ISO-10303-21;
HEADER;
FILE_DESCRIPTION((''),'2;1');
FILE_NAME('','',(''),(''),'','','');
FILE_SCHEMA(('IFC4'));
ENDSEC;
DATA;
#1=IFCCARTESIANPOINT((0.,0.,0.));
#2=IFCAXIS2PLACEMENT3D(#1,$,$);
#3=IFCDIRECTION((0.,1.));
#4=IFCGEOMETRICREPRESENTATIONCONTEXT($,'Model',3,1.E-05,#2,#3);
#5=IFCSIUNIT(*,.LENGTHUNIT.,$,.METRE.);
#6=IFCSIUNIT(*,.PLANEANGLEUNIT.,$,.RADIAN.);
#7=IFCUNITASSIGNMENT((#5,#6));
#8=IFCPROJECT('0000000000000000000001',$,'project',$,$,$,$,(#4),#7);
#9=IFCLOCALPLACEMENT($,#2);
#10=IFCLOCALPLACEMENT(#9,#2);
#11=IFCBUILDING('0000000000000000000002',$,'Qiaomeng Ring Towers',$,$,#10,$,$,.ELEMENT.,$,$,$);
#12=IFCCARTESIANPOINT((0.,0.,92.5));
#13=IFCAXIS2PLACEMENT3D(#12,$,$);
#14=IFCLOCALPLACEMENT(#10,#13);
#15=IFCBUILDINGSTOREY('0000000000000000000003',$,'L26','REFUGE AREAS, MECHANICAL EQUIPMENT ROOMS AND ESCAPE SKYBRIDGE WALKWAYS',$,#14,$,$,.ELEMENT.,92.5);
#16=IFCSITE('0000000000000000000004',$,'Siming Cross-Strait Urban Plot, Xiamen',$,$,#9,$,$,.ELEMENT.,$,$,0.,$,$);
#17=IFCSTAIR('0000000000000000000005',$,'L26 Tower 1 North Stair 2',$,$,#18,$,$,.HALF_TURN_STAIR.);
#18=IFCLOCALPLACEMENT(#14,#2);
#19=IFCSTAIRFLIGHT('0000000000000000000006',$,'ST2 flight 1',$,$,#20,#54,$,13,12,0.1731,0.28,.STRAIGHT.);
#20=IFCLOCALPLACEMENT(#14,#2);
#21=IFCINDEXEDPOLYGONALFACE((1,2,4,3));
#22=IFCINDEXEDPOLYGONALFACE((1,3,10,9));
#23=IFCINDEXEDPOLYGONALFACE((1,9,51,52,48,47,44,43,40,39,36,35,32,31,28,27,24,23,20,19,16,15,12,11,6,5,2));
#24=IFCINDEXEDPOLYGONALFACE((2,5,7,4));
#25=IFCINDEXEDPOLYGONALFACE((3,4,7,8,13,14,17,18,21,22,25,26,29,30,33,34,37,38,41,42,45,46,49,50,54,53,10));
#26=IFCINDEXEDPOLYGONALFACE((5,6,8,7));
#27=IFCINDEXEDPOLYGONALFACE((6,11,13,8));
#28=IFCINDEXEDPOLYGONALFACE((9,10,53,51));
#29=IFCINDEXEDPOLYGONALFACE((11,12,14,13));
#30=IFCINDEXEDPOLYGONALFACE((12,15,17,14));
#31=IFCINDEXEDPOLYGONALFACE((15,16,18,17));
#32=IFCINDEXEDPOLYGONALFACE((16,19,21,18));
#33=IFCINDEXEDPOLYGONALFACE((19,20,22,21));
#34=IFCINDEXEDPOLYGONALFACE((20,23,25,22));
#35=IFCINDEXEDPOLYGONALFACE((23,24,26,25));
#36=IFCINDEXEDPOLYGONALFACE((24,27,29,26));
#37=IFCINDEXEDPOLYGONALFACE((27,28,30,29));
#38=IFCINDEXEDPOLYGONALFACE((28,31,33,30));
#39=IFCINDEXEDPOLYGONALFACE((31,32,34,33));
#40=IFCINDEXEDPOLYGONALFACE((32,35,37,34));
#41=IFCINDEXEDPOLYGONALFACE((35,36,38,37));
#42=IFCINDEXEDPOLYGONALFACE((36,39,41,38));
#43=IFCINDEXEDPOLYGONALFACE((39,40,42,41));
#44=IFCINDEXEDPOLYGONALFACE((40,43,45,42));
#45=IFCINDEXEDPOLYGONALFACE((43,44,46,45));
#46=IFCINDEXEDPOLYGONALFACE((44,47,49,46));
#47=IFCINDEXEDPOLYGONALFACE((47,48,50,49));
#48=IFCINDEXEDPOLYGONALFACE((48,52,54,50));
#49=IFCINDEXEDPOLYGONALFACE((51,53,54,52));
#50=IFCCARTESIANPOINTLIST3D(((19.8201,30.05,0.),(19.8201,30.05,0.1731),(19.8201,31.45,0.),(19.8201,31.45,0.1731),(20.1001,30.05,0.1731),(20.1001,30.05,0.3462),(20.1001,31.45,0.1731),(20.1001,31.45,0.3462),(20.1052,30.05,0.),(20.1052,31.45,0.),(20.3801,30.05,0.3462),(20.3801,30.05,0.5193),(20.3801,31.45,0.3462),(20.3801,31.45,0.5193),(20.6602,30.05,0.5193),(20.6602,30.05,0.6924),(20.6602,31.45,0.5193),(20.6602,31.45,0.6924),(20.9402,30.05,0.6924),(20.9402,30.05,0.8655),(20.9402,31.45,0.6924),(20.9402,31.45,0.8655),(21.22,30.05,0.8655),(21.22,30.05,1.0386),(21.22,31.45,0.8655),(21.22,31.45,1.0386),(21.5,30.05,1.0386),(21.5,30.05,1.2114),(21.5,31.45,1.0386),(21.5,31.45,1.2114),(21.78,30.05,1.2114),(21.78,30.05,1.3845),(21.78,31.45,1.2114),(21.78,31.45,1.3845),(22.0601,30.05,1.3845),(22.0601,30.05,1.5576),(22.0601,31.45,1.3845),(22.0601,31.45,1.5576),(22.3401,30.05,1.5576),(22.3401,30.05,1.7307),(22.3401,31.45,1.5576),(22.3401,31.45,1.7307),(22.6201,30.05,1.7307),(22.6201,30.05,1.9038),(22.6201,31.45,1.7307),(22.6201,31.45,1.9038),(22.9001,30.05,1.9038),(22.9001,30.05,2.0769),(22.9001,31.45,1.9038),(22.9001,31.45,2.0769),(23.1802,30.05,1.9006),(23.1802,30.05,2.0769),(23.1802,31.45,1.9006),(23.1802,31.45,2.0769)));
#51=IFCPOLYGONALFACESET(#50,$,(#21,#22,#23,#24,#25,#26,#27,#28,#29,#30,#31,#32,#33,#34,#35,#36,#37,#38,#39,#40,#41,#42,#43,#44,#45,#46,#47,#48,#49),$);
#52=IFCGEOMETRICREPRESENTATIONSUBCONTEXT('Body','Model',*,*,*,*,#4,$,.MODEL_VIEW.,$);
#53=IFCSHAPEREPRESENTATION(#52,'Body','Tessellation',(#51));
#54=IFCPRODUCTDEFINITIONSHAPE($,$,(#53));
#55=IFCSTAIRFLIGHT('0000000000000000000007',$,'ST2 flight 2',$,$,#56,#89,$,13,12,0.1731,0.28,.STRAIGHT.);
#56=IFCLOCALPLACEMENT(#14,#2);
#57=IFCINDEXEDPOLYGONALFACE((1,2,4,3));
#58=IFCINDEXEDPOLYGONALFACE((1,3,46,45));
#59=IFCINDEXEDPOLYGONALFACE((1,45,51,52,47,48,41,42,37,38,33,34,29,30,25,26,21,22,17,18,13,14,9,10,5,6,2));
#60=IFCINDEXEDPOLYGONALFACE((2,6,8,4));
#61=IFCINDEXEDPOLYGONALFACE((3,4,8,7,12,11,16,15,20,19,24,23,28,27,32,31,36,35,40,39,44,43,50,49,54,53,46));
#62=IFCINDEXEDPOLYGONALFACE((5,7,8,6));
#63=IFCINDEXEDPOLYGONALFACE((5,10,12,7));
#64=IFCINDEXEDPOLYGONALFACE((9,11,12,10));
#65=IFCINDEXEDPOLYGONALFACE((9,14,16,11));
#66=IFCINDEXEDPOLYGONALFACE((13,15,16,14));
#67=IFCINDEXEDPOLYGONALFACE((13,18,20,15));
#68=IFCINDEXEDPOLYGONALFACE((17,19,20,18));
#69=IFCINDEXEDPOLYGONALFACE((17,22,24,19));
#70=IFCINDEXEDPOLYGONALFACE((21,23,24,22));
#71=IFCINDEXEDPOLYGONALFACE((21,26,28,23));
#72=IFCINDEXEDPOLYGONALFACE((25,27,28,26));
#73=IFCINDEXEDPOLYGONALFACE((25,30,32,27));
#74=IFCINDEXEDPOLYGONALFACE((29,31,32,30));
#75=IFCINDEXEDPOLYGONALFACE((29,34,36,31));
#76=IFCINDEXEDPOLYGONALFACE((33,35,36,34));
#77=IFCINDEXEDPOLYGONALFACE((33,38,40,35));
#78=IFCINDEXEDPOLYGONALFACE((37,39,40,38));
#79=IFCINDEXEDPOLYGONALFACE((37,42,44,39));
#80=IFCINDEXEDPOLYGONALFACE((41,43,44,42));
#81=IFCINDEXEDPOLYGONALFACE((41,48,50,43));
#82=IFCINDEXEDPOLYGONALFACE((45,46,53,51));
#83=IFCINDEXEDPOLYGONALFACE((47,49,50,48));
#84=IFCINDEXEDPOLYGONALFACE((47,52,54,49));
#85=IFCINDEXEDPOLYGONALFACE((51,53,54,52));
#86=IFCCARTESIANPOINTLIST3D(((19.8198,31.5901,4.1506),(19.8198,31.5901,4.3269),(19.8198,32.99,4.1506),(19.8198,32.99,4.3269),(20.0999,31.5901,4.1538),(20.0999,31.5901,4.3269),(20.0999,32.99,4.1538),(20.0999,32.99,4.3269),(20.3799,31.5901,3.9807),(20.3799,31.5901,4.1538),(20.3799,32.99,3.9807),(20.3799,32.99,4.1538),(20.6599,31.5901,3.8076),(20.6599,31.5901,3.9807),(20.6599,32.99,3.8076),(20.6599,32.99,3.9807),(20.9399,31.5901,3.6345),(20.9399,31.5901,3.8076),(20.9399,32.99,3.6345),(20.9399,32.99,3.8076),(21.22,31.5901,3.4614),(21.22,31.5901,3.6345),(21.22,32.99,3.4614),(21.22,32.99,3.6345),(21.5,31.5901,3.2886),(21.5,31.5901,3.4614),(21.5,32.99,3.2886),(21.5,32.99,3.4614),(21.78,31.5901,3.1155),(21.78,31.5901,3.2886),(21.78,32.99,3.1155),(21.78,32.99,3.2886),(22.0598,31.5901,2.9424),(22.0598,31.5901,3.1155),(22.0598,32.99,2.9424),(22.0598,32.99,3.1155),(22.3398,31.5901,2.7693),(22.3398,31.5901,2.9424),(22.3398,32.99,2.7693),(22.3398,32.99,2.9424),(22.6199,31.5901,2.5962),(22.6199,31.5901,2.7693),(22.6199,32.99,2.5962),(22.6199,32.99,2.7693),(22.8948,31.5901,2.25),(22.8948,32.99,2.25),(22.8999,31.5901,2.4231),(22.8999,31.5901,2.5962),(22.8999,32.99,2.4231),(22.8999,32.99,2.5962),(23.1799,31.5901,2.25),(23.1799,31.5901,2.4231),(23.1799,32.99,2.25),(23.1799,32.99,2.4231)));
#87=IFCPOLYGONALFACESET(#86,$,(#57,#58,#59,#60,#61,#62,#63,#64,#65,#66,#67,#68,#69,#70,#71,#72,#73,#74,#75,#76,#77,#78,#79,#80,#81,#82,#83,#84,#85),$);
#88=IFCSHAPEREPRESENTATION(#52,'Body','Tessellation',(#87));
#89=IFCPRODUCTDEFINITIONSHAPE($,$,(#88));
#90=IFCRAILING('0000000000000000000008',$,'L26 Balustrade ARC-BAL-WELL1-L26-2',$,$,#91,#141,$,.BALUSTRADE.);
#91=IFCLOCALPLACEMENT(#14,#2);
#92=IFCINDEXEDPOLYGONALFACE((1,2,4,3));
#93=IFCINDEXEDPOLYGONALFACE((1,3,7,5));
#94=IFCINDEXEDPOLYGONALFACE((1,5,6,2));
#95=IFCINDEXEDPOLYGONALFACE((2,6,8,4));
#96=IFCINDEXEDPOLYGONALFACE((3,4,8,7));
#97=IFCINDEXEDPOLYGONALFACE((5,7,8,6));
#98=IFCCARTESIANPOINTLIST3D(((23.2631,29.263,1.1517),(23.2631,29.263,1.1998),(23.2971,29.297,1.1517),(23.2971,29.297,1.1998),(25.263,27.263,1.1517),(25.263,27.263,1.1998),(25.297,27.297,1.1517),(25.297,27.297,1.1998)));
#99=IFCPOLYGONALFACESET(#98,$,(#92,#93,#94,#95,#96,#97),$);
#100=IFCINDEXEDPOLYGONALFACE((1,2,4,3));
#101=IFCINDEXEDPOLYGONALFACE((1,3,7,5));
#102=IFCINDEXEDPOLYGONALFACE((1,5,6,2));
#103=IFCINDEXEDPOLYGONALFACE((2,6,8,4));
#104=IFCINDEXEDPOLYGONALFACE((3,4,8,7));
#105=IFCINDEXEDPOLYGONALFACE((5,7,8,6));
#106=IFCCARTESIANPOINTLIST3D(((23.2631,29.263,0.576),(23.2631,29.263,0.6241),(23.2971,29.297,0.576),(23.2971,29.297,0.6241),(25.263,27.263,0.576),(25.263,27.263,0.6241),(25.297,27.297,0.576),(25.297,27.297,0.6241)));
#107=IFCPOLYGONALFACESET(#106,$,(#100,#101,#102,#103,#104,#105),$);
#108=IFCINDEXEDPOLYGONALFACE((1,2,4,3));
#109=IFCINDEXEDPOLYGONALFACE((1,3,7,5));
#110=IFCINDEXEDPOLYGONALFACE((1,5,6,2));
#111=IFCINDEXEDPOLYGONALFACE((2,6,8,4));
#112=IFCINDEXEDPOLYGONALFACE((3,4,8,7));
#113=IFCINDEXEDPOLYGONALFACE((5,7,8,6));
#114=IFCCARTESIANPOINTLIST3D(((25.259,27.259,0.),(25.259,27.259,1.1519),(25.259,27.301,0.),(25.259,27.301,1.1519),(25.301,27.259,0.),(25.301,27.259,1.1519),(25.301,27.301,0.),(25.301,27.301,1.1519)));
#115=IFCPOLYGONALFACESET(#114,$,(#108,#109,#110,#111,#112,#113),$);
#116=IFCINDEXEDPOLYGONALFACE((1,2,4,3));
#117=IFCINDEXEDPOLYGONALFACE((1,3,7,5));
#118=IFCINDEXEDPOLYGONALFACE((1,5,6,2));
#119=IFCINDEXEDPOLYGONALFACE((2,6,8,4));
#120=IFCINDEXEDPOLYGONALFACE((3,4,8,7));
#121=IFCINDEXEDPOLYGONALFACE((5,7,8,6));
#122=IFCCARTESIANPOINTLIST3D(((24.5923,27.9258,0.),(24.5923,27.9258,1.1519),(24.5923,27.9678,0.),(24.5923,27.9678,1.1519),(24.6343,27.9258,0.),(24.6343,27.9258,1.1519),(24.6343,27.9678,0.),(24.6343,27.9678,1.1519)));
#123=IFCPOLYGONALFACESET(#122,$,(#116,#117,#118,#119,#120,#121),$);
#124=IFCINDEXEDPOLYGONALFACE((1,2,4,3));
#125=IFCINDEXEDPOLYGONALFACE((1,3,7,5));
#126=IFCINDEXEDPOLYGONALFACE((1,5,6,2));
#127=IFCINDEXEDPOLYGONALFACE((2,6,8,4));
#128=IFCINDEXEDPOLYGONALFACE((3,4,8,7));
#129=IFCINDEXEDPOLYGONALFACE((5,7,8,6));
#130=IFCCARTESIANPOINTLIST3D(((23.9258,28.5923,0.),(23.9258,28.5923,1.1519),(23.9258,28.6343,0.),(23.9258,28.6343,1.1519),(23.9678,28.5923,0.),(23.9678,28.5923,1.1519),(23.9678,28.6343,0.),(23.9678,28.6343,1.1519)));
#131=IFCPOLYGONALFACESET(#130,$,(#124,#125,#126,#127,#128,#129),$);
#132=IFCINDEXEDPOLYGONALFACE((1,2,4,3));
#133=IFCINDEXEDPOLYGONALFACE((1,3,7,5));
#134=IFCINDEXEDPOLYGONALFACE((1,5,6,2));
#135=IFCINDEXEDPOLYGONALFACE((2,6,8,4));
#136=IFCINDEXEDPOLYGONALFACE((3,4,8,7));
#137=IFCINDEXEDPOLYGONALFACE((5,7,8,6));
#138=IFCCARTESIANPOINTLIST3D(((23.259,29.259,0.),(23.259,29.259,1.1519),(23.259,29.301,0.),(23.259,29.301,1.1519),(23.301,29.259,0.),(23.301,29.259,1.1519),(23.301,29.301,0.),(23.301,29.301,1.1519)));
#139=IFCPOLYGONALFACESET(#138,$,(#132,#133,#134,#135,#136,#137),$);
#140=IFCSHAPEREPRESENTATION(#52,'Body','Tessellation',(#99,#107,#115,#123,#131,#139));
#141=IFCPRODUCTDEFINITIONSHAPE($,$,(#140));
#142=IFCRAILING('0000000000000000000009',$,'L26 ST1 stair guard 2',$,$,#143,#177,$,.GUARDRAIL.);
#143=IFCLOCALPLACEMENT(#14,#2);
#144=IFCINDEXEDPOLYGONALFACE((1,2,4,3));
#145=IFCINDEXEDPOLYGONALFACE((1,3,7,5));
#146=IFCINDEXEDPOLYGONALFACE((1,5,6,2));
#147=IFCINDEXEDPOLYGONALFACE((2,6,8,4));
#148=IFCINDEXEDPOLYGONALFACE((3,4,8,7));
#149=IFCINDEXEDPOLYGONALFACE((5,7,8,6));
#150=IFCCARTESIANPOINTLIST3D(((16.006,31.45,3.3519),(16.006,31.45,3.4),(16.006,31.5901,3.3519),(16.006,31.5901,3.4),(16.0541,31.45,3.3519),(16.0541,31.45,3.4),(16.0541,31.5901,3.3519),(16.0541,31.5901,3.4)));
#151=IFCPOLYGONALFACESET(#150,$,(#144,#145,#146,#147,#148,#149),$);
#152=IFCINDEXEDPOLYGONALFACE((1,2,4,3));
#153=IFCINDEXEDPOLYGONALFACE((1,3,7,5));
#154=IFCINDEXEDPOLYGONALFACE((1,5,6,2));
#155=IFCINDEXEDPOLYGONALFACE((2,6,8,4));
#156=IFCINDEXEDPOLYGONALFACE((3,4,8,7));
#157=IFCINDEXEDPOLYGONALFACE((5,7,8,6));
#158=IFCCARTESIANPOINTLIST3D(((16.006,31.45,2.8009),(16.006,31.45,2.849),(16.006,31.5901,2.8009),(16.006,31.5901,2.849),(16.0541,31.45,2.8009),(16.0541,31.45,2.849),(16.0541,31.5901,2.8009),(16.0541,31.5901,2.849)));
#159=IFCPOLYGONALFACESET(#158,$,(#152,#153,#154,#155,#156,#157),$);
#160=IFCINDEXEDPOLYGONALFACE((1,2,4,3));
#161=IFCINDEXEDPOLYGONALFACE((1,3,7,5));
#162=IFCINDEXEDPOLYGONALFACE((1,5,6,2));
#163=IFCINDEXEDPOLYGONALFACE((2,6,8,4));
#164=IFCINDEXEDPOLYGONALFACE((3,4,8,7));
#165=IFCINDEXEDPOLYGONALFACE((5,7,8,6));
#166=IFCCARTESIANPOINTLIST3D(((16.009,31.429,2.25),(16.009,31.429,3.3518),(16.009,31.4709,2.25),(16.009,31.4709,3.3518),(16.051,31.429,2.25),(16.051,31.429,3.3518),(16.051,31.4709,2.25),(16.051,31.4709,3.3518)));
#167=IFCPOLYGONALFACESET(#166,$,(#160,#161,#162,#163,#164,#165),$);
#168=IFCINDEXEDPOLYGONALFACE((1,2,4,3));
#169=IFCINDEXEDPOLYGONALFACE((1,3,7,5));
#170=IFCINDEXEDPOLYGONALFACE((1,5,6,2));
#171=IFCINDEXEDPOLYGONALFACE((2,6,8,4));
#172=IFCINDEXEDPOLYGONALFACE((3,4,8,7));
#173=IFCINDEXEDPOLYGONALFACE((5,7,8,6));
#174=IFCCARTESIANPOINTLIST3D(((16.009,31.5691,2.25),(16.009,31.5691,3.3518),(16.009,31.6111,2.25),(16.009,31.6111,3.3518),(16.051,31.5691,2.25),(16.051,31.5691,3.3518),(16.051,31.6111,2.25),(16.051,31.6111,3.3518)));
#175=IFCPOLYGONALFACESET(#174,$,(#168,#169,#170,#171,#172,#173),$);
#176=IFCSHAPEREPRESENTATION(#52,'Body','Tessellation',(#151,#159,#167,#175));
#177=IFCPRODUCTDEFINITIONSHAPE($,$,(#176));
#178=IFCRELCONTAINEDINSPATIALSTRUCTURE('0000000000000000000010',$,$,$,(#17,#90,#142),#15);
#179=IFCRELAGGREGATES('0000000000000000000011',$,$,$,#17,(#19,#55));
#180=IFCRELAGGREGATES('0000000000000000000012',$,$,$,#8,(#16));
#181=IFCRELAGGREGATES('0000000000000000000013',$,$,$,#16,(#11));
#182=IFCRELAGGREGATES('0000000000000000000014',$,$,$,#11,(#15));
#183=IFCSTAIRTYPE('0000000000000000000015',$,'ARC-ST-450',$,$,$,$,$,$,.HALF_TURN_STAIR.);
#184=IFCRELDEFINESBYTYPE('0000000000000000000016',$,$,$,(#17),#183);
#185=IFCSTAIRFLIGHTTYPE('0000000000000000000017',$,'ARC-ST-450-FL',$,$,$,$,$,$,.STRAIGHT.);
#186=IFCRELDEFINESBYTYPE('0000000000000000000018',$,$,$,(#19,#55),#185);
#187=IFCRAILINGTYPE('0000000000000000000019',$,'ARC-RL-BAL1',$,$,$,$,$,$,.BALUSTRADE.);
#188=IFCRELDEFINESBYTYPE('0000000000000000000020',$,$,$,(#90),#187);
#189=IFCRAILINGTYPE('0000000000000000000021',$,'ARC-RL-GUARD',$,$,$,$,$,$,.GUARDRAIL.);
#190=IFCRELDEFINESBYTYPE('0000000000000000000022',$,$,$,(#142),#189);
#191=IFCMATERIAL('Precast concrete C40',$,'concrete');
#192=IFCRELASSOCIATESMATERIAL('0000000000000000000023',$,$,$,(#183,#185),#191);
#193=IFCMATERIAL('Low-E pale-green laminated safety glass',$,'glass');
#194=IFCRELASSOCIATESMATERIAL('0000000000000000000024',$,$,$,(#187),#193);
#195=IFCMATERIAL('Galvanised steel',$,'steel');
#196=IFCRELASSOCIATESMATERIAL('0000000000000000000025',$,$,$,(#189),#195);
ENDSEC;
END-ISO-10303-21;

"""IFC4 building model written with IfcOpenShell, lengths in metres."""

from ifc_helpers import new_model, si_unit, direction, frame, origin, origin_2d, place, context, subcontext, project, spatial, polyline, rectangle, outline, extrude, source, transform, mapped, material, type_object, element, aggregate, save


model = new_model("IFC4")

# Units and contexts
model_context = context("Model", 3, precision=1e-05, world=origin(), true_north=direction((0.0, 1.0)))
body_context = subcontext(model_context, "Body", "Model", "MODEL_VIEW")
ifc_project = project(units=[si_unit("LENGTHUNIT", "METRE"), si_unit("PLANEANGLEUNIT", "RADIAN")], contexts=[model_context])

# Site, building, storey
site_placement = place(None, origin())
site = spatial("IfcSite", under=ifc_project, at=site_placement, Name="Siming Cross-Strait Urban Plot, Xiamen", CompositionType="ELEMENT", RefElevation=0.0)
building_placement = place(site_placement, origin())
building = spatial("IfcBuilding", under=site, at=building_placement, Name="Qiaomeng Ring Towers", CompositionType="ELEMENT")
storey_placement = place(building_placement, frame((0.0, 0.0, 92.5)))
storey = spatial("IfcBuildingStorey", under=building, at=storey_placement, Name="L26", Description="REFUGE AREAS, MECHANICAL EQUIPMENT ROOMS AND ESCAPE SKYBRIDGE WALKWAYS", CompositionType="ELEMENT", Elevation=92.5)

# Shared definitions
ifc_material_1 = material(Name="Galvanised steel", Category="steel")

# Shared definitions
ifc_material_2 = material(Name="Precast concrete C40", Category="concrete")
stair_type = type_object("IfcStairType", Name="ARC-ST-450", PredefinedType="HALF_TURN_STAIR", material=ifc_material_2)
stair_flight_type = type_object("IfcStairFlightType", Name="ARC-ST-450-FL", PredefinedType="STRAIGHT", material=ifc_material_2)
shared_shape_1 = source(origin(), body_context, "Body", "SweptSolid", [
    extrude(outline(polyline([(0.0, 0.0), (0.0, 0.1731), (0.28, 0.1731), (0.28, 0.3462), (0.5601, 0.3462), (0.5601, 0.5193), (0.8401, 0.5193), (0.8401, 0.6924), (1.1201, 0.6924), (1.1201, 0.8655), (1.3999, 0.8655), (1.3999, 1.0386), (1.6799, 1.0386), (1.6799, 1.2114), (1.96, 1.2114), (1.96, 1.3845), (2.24, 1.3845), (2.24, 1.5576), (2.52, 1.5576), (2.52, 1.7307), (2.8, 1.7307), (2.8, 1.9038), (3.0801, 1.9038), (3.0801, 2.0769), (3.3601, 2.0769), (3.3601, 2.25), (3.3601, 1.9006), (0.2852, 0.0), (0.0, 0.0)])), frame((0.0, 0.7, 0.0), z_axis=(0.0, -1.0, 0.0), x_axis=(1.0, 0.0, 0.0)), (0.0, 0.0, 1.0), 1.3999),
])

# Stair, stair flights
stair_1_placement = place(storey_placement, origin())
stair_1 = element("IfcStair", 1, at=stair_1_placement, inside=storey, type_object=stair_type, Name="L26 Tower 1 North Stair 2", PredefinedType="HALF_TURN_STAIR")
stair_flight_1_placement = place(storey_placement, frame((19.8201, 30.75, 0.0), z_axis=(0.0, 0.0, 1.0), x_axis=(1.0, 0.0, 0.0)))
stair_flight_1 = element("IfcStairFlight", 2, at=stair_flight_1_placement, type_object=stair_flight_type, Name="ST2 flight 1", NumberOfRisers=13, NumberOfTreads=12, PredefinedType="STRAIGHT", RiserHeight=0.1731, TreadLength=0.28, context=body_context, shape_type="MappedRepresentation", body=[
    mapped(shared_shape_1, transform((0.0, 0.0, 0.0), x_axis=(1.0, 0.0, 0.0), y_axis=(0.0, 1.0, 0.0), z_axis=(0.0, 0.0, 1.0), scale=1.0)),
])
stair_flight_2_placement = place(storey_placement, frame((23.1799, 32.29, 2.25), z_axis=(0.0, 0.0, 1.0), x_axis=(-1.0, 0.0, 0.0)))
stair_flight_2 = element("IfcStairFlight", 3, at=stair_flight_2_placement, type_object=stair_flight_type, Name="ST2 flight 2", NumberOfRisers=13, NumberOfTreads=12, PredefinedType="STRAIGHT", RiserHeight=0.1731, TreadLength=0.28, context=body_context, shape_type="MappedRepresentation", body=[
    mapped(shared_shape_1, transform((0.0, 0.0, 0.0), x_axis=(1.0, 0.0, 0.0), y_axis=(0.0, 1.0, 0.0), z_axis=(0.0, 0.0, 1.0), scale=1.0)),
])
aggregate(stair_1, [stair_flight_1, stair_flight_2])

# Railings
ifc_material_3 = material(Name="Low-E pale-green laminated safety glass", Category="glass")
railing_type_1 = type_object("IfcRailingType", Name="ARC-RL-BAL1", PredefinedType="BALUSTRADE", material=ifc_material_3)
railing_1_placement = place(storey_placement, frame((25.28, 27.28, 0.0)))
element("IfcRailing", 4, at=railing_1_placement, inside=storey, type_object=railing_type_1, Name="L26 Balustrade ARC-BAL-WELL1-L26-2", PredefinedType="BALUSTRADE", context=body_context, shape_type="SweptSolid", body=[
    extrude(rectangle(XDim=0.0481, YDim=0.0481, at=origin_2d()), frame((0.0, 0.0, 1.1758), z_axis=(-0.707107, 0.707107, 0.0), x_axis=(-0.707107, -0.707107, 0.0)), (0.0, 0.0, 1.0), 2.8284),
    extrude(rectangle(XDim=0.0481, YDim=0.0481, at=origin_2d()), frame((0.0, 0.0, 0.6001), z_axis=(-0.707107, 0.707107, 0.0), x_axis=(-0.707107, -0.707107, 0.0)), (0.0, 0.0, 1.0), 2.8284),
    extrude(rectangle(XDim=0.042, YDim=0.042, at=origin_2d()), origin(), (0.0, 0.0, 1.0), 1.1519),
    extrude(rectangle(XDim=0.042, YDim=0.042, at=origin_2d()), frame((-0.6667, 0.6667, 0.0)), (0.0, 0.0, 1.0), 1.1519),
    extrude(rectangle(XDim=0.042, YDim=0.042, at=origin_2d()), frame((-1.3333, 1.3333, 0.0)), (0.0, 0.0, 1.0), 1.1519),
    extrude(rectangle(XDim=0.042, YDim=0.042, at=origin_2d()), frame((-2.0, 2.0, 0.0)), (0.0, 0.0, 1.0), 1.1519),
])
railing_type_2 = type_object("IfcRailingType", Name="ARC-RL-GUARD", PredefinedType="GUARDRAIL", material=ifc_material_1)
railing_2_placement = place(storey_placement, frame((16.03, 31.45, 2.25)))
element("IfcRailing", 5, at=railing_2_placement, inside=storey, type_object=railing_type_2, Name="L26 ST1 stair guard 2", PredefinedType="GUARDRAIL", context=body_context, shape_type="SweptSolid", body=[
    extrude(rectangle(XDim=0.0481, YDim=0.0481, at=origin_2d()), frame((0.0, 0.0, 1.126), z_axis=(0.0, 1.0, 0.0), x_axis=(-1.0, 0.0, 0.0)), (0.0, 0.0, 1.0), 0.1401),
    extrude(rectangle(XDim=0.0481, YDim=0.0481, at=origin_2d()), frame((0.0, 0.0, 0.575), z_axis=(0.0, 1.0, 0.0), x_axis=(-1.0, 0.0, 0.0)), (0.0, 0.0, 1.0), 0.1401),
    extrude(rectangle(XDim=0.042, YDim=0.042, at=origin_2d()), origin(), (0.0, 0.0, 1.0), 1.1018),
    extrude(rectangle(XDim=0.042, YDim=0.042, at=origin_2d()), frame((0.0, 0.1401, 0.0)), (0.0, 0.0, 1.0), 1.1018),
])

save(model, "model.ifc")
